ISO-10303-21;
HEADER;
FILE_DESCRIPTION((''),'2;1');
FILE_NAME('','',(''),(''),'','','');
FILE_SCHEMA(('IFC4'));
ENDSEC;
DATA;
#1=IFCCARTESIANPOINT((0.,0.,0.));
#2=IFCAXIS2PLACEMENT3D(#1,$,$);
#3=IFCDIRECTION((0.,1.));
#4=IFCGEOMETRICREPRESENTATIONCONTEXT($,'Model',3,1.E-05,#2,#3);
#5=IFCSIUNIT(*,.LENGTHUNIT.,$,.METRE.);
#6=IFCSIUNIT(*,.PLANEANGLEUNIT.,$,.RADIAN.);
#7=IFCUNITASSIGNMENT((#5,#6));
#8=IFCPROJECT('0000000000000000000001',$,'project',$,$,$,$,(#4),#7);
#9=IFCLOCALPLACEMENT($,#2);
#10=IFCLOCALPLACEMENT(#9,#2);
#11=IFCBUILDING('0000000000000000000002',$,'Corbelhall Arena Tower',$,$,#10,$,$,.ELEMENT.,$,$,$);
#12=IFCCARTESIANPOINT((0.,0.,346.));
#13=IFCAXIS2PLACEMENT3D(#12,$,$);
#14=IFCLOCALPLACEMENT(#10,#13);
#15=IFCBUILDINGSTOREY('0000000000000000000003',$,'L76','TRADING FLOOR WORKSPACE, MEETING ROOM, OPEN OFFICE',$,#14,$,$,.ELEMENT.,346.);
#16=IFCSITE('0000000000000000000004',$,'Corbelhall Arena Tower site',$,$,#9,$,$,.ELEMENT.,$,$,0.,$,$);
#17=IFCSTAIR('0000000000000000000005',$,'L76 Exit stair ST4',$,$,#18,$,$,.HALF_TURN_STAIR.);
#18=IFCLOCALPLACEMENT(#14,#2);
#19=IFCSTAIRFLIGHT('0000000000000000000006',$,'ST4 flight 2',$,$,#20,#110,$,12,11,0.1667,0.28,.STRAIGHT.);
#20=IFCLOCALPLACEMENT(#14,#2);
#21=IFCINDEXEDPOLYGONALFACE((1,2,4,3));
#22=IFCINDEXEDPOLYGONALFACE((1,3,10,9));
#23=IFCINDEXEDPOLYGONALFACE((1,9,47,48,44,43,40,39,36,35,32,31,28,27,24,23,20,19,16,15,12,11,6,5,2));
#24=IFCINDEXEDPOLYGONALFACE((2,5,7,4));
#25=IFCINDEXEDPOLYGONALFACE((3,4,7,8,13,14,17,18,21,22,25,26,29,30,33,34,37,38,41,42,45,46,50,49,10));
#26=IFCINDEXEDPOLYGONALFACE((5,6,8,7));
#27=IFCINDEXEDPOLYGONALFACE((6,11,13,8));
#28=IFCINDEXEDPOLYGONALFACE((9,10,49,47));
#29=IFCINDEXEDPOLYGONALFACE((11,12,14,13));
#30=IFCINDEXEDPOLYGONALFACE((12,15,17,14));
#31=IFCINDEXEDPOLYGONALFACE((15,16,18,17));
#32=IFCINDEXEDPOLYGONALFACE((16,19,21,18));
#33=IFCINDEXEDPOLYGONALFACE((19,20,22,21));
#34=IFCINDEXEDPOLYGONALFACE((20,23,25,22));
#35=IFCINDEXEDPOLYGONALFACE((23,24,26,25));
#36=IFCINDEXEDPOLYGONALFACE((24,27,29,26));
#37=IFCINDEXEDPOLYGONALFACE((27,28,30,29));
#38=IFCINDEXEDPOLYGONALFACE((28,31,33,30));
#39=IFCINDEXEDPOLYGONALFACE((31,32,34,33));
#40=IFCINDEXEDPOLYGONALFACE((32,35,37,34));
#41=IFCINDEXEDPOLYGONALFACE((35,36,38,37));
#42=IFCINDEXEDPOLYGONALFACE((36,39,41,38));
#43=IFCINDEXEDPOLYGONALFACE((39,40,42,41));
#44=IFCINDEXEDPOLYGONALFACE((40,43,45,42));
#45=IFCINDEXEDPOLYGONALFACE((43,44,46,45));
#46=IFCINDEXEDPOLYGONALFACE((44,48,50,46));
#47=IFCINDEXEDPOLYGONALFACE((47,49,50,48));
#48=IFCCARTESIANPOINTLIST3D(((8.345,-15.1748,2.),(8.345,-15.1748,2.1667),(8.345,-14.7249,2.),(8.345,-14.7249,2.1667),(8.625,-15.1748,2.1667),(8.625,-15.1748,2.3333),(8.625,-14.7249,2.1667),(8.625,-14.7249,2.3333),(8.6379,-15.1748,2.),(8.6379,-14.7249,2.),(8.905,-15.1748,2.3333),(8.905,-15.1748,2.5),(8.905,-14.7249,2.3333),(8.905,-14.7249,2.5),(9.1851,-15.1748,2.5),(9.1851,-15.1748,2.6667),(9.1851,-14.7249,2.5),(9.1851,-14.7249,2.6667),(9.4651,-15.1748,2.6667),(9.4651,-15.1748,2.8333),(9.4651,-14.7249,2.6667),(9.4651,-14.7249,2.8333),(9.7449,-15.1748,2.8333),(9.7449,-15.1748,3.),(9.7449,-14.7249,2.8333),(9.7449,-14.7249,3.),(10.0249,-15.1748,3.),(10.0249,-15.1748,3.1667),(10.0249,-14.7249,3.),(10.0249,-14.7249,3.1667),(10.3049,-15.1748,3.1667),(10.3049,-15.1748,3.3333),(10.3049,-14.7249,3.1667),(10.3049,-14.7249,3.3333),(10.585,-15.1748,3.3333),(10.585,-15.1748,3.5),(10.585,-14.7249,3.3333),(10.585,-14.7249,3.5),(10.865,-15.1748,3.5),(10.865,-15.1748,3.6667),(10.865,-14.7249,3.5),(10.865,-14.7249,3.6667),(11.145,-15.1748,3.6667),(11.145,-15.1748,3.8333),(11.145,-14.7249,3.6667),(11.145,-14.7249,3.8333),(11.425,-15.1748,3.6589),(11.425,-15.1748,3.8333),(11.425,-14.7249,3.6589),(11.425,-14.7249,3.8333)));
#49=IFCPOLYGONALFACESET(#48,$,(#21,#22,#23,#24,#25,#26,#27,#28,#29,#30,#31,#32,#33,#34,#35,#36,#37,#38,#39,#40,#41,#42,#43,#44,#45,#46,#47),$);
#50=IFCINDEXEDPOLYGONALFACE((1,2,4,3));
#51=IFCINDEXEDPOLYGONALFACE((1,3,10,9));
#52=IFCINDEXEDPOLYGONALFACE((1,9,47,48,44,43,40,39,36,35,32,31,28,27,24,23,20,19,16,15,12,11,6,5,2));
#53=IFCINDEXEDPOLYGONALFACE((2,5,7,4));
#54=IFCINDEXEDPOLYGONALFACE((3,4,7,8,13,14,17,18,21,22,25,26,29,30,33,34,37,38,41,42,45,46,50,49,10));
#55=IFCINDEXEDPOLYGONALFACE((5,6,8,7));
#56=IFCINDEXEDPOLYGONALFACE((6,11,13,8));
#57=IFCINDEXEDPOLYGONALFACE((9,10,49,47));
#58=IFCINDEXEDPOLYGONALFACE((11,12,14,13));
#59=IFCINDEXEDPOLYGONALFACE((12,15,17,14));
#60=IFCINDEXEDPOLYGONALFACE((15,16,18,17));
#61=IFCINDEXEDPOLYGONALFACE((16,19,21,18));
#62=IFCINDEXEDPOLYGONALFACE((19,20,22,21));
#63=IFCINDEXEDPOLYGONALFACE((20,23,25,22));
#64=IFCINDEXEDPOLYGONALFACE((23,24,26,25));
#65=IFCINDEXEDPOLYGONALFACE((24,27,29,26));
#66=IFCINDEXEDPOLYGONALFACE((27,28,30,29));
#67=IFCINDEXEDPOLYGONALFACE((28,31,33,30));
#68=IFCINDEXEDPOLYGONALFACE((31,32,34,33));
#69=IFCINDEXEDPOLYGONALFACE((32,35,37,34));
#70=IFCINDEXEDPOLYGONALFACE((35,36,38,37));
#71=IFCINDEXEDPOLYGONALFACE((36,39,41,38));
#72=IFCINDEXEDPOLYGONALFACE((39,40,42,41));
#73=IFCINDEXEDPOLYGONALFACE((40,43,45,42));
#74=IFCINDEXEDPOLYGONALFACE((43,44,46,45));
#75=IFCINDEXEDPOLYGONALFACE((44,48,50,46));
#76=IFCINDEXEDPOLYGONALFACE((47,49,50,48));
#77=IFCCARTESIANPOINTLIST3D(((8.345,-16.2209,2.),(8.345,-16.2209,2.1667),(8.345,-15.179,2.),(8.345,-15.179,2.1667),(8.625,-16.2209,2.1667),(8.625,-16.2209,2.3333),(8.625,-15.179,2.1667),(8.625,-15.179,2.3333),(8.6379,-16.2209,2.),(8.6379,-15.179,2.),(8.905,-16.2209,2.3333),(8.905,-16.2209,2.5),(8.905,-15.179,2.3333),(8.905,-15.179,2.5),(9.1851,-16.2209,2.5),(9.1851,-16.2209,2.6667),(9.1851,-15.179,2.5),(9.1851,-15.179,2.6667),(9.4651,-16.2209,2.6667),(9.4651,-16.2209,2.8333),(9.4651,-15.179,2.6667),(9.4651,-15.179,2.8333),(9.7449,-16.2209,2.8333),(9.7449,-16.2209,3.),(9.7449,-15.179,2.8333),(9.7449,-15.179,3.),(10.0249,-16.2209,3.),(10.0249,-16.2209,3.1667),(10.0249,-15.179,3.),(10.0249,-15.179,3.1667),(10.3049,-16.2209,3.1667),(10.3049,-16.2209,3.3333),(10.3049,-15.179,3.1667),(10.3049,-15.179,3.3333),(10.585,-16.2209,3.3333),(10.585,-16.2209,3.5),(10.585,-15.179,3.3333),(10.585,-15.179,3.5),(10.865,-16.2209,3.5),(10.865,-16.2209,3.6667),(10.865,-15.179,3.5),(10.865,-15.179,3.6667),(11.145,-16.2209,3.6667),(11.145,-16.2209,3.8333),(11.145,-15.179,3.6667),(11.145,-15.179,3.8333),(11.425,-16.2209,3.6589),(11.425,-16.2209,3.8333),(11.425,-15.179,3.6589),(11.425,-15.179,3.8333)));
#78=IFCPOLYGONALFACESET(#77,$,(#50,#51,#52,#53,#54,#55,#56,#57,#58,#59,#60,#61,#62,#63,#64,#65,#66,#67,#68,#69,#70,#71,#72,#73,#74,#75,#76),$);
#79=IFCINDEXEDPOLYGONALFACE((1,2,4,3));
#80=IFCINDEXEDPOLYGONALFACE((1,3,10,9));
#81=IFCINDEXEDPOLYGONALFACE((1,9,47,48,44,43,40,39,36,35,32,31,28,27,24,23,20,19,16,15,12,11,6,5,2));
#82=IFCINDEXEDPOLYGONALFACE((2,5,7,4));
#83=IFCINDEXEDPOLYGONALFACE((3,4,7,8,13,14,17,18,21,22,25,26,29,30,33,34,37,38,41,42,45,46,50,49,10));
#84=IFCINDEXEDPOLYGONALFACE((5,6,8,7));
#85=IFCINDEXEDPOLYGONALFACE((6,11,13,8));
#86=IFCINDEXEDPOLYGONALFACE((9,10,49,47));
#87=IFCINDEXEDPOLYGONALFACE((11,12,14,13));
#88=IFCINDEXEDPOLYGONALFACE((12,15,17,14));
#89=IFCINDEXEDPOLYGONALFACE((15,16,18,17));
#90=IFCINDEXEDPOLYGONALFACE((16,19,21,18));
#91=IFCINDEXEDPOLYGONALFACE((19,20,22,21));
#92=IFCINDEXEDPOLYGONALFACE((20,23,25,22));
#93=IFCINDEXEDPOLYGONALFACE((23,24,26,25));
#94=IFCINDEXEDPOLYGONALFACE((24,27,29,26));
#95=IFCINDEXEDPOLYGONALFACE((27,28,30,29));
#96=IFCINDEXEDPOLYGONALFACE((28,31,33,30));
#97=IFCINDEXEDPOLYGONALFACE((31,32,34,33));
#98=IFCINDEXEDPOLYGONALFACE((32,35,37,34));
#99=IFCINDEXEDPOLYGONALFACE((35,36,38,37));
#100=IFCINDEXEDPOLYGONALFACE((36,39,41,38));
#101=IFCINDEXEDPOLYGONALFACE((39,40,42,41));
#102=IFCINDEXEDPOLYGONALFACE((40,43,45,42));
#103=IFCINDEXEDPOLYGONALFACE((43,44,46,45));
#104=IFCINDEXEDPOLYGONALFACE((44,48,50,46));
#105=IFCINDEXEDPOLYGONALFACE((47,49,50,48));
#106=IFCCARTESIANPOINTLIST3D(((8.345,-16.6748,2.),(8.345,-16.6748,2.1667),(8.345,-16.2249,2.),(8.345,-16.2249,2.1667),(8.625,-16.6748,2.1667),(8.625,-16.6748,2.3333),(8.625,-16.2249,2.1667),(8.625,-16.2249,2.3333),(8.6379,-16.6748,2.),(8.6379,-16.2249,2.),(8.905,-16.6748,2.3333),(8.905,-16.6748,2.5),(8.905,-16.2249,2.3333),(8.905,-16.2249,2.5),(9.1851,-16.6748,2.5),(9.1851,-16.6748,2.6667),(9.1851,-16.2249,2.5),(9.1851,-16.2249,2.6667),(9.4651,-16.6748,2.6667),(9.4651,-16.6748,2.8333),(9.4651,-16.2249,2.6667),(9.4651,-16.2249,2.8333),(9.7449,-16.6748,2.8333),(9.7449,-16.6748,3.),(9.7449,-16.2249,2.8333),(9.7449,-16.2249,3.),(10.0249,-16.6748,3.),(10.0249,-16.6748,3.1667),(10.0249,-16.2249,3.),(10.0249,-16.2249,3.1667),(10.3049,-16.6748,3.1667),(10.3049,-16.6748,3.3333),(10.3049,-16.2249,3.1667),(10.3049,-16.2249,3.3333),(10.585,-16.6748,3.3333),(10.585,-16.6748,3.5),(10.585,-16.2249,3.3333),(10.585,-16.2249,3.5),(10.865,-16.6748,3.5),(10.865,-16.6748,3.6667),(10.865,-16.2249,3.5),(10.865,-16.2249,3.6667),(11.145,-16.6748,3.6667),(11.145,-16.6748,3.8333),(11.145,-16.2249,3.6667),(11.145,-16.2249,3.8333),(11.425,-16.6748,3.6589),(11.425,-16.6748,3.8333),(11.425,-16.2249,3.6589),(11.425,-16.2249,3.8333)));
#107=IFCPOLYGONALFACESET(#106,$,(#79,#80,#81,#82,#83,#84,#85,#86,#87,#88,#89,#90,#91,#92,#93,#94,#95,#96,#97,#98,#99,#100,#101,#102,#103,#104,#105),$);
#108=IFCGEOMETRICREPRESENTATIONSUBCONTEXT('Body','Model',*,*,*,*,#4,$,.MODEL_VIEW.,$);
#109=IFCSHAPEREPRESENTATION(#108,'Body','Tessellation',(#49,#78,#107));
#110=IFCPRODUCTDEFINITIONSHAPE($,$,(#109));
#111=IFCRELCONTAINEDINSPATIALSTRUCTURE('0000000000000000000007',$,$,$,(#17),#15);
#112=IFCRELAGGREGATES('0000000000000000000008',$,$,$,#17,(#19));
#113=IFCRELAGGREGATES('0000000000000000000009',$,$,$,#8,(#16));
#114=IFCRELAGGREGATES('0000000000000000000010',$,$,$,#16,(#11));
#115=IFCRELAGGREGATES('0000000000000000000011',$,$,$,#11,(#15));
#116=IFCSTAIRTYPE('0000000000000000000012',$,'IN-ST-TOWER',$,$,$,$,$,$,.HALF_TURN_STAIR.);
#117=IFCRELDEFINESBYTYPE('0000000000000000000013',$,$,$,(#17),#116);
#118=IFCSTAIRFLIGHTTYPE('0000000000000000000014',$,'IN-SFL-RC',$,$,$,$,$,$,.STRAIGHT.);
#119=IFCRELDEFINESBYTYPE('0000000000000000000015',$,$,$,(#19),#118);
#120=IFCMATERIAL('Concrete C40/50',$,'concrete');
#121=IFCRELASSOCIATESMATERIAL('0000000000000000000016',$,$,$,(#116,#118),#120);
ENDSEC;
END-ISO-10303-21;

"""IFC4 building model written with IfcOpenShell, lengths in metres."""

from ifc_helpers import new_model, si_unit, direction, frame, origin, place, context, subcontext, project, spatial, polyline, outline, extrude, material, type_object, element, aggregate, save


model = new_model("IFC4")

# Units and contexts
model_context = context("Model", 3, precision=1e-05, world=origin(), true_north=direction((0.0, 1.0)))
body_context = subcontext(model_context, "Body", "Model", "MODEL_VIEW")
ifc_project = project(units=[si_unit("LENGTHUNIT", "METRE"), si_unit("PLANEANGLEUNIT", "RADIAN")], contexts=[model_context])

# Site, building, storey
site_placement = place(None, origin())
site = spatial("IfcSite", under=ifc_project, at=site_placement, Name="Corbelhall Arena Tower site", CompositionType="ELEMENT", RefElevation=0.0)
building_placement = place(site_placement, origin())
building = spatial("IfcBuilding", under=site, at=building_placement, Name="Corbelhall Arena Tower", CompositionType="ELEMENT")
storey_placement = place(building_placement, frame((0.0, 0.0, 346.0)))
storey = spatial("IfcBuildingStorey", under=building, at=storey_placement, Name="L76", Description="TRADING FLOOR WORKSPACE, MEETING ROOM, OPEN OFFICE", CompositionType="ELEMENT", Elevation=346.0)

# Shared definitions
ifc_material_1 = material(Name="Concrete C40/50", Category="concrete")

# Stair, stair flight
stair_type = type_object("IfcStairType", Name="IN-ST-TOWER", PredefinedType="HALF_TURN_STAIR", material=ifc_material_1)
stair_placement = place(storey_placement, origin())
stair = element("IfcStair", 1, at=stair_placement, inside=storey, type_object=stair_type, Name="L76 Exit stair ST4", PredefinedType="HALF_TURN_STAIR")
stair_flight_type = type_object("IfcStairFlightType", Name="IN-SFL-RC", PredefinedType="STRAIGHT", material=ifc_material_1)
stair_flight_1_placement = place(storey_placement, frame((8.345, -15.7, 2.0), z_axis=(0.0, 0.0, 1.0), x_axis=(1.0, 0.0, 0.0)))
stair_flight_1 = element("IfcStairFlight", 2, at=stair_flight_1_placement, type_object=stair_flight_type, Name="ST4 flight 2", NumberOfRisers=12, NumberOfTreads=11, PredefinedType="STRAIGHT", RiserHeight=0.1667, TreadLength=0.28, context=body_context, shape_type="SweptSolid", body=[
    extrude(outline(polyline([(0.0, 0.0), (0.0, 0.1667), (0.28, 0.1667), (0.28, 0.3333), (0.5601, 0.3333), (0.5601, 0.5), (0.8401, 0.5), (0.8401, 0.6667), (1.1201, 0.6667), (1.1201, 0.8333), (1.3999, 0.8333), (1.3999, 1.0), (1.6799, 1.0), (1.6799, 1.1667), (1.96, 1.1667), (1.96, 1.3333), (2.24, 1.3333), (2.24, 1.5), (2.52, 1.5), (2.52, 1.6667), (2.8, 1.6667), (2.8, 1.8333), (3.0801, 1.8333), (3.0801, 2.0), (3.0801, 1.6589), (0.293, 0.0), (0.0, 0.0)])), frame((0.0, 0.9751, 0.0), z_axis=(0.0, -1.0, 0.0), x_axis=(1.0, 0.0, 0.0)), (0.0, 0.0, 1.0), 0.45),
    extrude(outline(polyline([(0.0, 0.0), (0.0, 0.1667), (0.28, 0.1667), (0.28, 0.3333), (0.5601, 0.3333), (0.5601, 0.5), (0.8401, 0.5), (0.8401, 0.6667), (1.1201, 0.6667), (1.1201, 0.8333), (1.3999, 0.8333), (1.3999, 1.0), (1.6799, 1.0), (1.6799, 1.1667), (1.96, 1.1667), (1.96, 1.3333), (2.24, 1.3333), (2.24, 1.5), (2.52, 1.5), (2.52, 1.6667), (2.8, 1.6667), (2.8, 1.8333), (3.0801, 1.8333), (3.0801, 2.0), (3.0801, 1.6589), (0.293, 0.0), (0.0, 0.0)])), frame((0.0, 0.521, 0.0), z_axis=(0.0, -1.0, 0.0), x_axis=(1.0, 0.0, 0.0)), (0.0, 0.0, 1.0), 1.042),
    extrude(outline(polyline([(0.0, 0.0), (0.0, 0.1667), (0.28, 0.1667), (0.28, 0.3333), (0.5601, 0.3333), (0.5601, 0.5), (0.8401, 0.5), (0.8401, 0.6667), (1.1201, 0.6667), (1.1201, 0.8333), (1.3999, 0.8333), (1.3999, 1.0), (1.6799, 1.0), (1.6799, 1.1667), (1.96, 1.1667), (1.96, 1.3333), (2.24, 1.3333), (2.24, 1.5), (2.52, 1.5), (2.52, 1.6667), (2.8, 1.6667), (2.8, 1.8333), (3.0801, 1.8333), (3.0801, 2.0), (3.0801, 1.6589), (0.293, 0.0), (0.0, 0.0)])), frame((0.0, -0.5249, 0.0), z_axis=(0.0, -1.0, 0.0), x_axis=(1.0, 0.0, 0.0)), (0.0, 0.0, 1.0), 0.45),
])
aggregate(stair, [stair_flight_1])

save(model, "model.ifc")
